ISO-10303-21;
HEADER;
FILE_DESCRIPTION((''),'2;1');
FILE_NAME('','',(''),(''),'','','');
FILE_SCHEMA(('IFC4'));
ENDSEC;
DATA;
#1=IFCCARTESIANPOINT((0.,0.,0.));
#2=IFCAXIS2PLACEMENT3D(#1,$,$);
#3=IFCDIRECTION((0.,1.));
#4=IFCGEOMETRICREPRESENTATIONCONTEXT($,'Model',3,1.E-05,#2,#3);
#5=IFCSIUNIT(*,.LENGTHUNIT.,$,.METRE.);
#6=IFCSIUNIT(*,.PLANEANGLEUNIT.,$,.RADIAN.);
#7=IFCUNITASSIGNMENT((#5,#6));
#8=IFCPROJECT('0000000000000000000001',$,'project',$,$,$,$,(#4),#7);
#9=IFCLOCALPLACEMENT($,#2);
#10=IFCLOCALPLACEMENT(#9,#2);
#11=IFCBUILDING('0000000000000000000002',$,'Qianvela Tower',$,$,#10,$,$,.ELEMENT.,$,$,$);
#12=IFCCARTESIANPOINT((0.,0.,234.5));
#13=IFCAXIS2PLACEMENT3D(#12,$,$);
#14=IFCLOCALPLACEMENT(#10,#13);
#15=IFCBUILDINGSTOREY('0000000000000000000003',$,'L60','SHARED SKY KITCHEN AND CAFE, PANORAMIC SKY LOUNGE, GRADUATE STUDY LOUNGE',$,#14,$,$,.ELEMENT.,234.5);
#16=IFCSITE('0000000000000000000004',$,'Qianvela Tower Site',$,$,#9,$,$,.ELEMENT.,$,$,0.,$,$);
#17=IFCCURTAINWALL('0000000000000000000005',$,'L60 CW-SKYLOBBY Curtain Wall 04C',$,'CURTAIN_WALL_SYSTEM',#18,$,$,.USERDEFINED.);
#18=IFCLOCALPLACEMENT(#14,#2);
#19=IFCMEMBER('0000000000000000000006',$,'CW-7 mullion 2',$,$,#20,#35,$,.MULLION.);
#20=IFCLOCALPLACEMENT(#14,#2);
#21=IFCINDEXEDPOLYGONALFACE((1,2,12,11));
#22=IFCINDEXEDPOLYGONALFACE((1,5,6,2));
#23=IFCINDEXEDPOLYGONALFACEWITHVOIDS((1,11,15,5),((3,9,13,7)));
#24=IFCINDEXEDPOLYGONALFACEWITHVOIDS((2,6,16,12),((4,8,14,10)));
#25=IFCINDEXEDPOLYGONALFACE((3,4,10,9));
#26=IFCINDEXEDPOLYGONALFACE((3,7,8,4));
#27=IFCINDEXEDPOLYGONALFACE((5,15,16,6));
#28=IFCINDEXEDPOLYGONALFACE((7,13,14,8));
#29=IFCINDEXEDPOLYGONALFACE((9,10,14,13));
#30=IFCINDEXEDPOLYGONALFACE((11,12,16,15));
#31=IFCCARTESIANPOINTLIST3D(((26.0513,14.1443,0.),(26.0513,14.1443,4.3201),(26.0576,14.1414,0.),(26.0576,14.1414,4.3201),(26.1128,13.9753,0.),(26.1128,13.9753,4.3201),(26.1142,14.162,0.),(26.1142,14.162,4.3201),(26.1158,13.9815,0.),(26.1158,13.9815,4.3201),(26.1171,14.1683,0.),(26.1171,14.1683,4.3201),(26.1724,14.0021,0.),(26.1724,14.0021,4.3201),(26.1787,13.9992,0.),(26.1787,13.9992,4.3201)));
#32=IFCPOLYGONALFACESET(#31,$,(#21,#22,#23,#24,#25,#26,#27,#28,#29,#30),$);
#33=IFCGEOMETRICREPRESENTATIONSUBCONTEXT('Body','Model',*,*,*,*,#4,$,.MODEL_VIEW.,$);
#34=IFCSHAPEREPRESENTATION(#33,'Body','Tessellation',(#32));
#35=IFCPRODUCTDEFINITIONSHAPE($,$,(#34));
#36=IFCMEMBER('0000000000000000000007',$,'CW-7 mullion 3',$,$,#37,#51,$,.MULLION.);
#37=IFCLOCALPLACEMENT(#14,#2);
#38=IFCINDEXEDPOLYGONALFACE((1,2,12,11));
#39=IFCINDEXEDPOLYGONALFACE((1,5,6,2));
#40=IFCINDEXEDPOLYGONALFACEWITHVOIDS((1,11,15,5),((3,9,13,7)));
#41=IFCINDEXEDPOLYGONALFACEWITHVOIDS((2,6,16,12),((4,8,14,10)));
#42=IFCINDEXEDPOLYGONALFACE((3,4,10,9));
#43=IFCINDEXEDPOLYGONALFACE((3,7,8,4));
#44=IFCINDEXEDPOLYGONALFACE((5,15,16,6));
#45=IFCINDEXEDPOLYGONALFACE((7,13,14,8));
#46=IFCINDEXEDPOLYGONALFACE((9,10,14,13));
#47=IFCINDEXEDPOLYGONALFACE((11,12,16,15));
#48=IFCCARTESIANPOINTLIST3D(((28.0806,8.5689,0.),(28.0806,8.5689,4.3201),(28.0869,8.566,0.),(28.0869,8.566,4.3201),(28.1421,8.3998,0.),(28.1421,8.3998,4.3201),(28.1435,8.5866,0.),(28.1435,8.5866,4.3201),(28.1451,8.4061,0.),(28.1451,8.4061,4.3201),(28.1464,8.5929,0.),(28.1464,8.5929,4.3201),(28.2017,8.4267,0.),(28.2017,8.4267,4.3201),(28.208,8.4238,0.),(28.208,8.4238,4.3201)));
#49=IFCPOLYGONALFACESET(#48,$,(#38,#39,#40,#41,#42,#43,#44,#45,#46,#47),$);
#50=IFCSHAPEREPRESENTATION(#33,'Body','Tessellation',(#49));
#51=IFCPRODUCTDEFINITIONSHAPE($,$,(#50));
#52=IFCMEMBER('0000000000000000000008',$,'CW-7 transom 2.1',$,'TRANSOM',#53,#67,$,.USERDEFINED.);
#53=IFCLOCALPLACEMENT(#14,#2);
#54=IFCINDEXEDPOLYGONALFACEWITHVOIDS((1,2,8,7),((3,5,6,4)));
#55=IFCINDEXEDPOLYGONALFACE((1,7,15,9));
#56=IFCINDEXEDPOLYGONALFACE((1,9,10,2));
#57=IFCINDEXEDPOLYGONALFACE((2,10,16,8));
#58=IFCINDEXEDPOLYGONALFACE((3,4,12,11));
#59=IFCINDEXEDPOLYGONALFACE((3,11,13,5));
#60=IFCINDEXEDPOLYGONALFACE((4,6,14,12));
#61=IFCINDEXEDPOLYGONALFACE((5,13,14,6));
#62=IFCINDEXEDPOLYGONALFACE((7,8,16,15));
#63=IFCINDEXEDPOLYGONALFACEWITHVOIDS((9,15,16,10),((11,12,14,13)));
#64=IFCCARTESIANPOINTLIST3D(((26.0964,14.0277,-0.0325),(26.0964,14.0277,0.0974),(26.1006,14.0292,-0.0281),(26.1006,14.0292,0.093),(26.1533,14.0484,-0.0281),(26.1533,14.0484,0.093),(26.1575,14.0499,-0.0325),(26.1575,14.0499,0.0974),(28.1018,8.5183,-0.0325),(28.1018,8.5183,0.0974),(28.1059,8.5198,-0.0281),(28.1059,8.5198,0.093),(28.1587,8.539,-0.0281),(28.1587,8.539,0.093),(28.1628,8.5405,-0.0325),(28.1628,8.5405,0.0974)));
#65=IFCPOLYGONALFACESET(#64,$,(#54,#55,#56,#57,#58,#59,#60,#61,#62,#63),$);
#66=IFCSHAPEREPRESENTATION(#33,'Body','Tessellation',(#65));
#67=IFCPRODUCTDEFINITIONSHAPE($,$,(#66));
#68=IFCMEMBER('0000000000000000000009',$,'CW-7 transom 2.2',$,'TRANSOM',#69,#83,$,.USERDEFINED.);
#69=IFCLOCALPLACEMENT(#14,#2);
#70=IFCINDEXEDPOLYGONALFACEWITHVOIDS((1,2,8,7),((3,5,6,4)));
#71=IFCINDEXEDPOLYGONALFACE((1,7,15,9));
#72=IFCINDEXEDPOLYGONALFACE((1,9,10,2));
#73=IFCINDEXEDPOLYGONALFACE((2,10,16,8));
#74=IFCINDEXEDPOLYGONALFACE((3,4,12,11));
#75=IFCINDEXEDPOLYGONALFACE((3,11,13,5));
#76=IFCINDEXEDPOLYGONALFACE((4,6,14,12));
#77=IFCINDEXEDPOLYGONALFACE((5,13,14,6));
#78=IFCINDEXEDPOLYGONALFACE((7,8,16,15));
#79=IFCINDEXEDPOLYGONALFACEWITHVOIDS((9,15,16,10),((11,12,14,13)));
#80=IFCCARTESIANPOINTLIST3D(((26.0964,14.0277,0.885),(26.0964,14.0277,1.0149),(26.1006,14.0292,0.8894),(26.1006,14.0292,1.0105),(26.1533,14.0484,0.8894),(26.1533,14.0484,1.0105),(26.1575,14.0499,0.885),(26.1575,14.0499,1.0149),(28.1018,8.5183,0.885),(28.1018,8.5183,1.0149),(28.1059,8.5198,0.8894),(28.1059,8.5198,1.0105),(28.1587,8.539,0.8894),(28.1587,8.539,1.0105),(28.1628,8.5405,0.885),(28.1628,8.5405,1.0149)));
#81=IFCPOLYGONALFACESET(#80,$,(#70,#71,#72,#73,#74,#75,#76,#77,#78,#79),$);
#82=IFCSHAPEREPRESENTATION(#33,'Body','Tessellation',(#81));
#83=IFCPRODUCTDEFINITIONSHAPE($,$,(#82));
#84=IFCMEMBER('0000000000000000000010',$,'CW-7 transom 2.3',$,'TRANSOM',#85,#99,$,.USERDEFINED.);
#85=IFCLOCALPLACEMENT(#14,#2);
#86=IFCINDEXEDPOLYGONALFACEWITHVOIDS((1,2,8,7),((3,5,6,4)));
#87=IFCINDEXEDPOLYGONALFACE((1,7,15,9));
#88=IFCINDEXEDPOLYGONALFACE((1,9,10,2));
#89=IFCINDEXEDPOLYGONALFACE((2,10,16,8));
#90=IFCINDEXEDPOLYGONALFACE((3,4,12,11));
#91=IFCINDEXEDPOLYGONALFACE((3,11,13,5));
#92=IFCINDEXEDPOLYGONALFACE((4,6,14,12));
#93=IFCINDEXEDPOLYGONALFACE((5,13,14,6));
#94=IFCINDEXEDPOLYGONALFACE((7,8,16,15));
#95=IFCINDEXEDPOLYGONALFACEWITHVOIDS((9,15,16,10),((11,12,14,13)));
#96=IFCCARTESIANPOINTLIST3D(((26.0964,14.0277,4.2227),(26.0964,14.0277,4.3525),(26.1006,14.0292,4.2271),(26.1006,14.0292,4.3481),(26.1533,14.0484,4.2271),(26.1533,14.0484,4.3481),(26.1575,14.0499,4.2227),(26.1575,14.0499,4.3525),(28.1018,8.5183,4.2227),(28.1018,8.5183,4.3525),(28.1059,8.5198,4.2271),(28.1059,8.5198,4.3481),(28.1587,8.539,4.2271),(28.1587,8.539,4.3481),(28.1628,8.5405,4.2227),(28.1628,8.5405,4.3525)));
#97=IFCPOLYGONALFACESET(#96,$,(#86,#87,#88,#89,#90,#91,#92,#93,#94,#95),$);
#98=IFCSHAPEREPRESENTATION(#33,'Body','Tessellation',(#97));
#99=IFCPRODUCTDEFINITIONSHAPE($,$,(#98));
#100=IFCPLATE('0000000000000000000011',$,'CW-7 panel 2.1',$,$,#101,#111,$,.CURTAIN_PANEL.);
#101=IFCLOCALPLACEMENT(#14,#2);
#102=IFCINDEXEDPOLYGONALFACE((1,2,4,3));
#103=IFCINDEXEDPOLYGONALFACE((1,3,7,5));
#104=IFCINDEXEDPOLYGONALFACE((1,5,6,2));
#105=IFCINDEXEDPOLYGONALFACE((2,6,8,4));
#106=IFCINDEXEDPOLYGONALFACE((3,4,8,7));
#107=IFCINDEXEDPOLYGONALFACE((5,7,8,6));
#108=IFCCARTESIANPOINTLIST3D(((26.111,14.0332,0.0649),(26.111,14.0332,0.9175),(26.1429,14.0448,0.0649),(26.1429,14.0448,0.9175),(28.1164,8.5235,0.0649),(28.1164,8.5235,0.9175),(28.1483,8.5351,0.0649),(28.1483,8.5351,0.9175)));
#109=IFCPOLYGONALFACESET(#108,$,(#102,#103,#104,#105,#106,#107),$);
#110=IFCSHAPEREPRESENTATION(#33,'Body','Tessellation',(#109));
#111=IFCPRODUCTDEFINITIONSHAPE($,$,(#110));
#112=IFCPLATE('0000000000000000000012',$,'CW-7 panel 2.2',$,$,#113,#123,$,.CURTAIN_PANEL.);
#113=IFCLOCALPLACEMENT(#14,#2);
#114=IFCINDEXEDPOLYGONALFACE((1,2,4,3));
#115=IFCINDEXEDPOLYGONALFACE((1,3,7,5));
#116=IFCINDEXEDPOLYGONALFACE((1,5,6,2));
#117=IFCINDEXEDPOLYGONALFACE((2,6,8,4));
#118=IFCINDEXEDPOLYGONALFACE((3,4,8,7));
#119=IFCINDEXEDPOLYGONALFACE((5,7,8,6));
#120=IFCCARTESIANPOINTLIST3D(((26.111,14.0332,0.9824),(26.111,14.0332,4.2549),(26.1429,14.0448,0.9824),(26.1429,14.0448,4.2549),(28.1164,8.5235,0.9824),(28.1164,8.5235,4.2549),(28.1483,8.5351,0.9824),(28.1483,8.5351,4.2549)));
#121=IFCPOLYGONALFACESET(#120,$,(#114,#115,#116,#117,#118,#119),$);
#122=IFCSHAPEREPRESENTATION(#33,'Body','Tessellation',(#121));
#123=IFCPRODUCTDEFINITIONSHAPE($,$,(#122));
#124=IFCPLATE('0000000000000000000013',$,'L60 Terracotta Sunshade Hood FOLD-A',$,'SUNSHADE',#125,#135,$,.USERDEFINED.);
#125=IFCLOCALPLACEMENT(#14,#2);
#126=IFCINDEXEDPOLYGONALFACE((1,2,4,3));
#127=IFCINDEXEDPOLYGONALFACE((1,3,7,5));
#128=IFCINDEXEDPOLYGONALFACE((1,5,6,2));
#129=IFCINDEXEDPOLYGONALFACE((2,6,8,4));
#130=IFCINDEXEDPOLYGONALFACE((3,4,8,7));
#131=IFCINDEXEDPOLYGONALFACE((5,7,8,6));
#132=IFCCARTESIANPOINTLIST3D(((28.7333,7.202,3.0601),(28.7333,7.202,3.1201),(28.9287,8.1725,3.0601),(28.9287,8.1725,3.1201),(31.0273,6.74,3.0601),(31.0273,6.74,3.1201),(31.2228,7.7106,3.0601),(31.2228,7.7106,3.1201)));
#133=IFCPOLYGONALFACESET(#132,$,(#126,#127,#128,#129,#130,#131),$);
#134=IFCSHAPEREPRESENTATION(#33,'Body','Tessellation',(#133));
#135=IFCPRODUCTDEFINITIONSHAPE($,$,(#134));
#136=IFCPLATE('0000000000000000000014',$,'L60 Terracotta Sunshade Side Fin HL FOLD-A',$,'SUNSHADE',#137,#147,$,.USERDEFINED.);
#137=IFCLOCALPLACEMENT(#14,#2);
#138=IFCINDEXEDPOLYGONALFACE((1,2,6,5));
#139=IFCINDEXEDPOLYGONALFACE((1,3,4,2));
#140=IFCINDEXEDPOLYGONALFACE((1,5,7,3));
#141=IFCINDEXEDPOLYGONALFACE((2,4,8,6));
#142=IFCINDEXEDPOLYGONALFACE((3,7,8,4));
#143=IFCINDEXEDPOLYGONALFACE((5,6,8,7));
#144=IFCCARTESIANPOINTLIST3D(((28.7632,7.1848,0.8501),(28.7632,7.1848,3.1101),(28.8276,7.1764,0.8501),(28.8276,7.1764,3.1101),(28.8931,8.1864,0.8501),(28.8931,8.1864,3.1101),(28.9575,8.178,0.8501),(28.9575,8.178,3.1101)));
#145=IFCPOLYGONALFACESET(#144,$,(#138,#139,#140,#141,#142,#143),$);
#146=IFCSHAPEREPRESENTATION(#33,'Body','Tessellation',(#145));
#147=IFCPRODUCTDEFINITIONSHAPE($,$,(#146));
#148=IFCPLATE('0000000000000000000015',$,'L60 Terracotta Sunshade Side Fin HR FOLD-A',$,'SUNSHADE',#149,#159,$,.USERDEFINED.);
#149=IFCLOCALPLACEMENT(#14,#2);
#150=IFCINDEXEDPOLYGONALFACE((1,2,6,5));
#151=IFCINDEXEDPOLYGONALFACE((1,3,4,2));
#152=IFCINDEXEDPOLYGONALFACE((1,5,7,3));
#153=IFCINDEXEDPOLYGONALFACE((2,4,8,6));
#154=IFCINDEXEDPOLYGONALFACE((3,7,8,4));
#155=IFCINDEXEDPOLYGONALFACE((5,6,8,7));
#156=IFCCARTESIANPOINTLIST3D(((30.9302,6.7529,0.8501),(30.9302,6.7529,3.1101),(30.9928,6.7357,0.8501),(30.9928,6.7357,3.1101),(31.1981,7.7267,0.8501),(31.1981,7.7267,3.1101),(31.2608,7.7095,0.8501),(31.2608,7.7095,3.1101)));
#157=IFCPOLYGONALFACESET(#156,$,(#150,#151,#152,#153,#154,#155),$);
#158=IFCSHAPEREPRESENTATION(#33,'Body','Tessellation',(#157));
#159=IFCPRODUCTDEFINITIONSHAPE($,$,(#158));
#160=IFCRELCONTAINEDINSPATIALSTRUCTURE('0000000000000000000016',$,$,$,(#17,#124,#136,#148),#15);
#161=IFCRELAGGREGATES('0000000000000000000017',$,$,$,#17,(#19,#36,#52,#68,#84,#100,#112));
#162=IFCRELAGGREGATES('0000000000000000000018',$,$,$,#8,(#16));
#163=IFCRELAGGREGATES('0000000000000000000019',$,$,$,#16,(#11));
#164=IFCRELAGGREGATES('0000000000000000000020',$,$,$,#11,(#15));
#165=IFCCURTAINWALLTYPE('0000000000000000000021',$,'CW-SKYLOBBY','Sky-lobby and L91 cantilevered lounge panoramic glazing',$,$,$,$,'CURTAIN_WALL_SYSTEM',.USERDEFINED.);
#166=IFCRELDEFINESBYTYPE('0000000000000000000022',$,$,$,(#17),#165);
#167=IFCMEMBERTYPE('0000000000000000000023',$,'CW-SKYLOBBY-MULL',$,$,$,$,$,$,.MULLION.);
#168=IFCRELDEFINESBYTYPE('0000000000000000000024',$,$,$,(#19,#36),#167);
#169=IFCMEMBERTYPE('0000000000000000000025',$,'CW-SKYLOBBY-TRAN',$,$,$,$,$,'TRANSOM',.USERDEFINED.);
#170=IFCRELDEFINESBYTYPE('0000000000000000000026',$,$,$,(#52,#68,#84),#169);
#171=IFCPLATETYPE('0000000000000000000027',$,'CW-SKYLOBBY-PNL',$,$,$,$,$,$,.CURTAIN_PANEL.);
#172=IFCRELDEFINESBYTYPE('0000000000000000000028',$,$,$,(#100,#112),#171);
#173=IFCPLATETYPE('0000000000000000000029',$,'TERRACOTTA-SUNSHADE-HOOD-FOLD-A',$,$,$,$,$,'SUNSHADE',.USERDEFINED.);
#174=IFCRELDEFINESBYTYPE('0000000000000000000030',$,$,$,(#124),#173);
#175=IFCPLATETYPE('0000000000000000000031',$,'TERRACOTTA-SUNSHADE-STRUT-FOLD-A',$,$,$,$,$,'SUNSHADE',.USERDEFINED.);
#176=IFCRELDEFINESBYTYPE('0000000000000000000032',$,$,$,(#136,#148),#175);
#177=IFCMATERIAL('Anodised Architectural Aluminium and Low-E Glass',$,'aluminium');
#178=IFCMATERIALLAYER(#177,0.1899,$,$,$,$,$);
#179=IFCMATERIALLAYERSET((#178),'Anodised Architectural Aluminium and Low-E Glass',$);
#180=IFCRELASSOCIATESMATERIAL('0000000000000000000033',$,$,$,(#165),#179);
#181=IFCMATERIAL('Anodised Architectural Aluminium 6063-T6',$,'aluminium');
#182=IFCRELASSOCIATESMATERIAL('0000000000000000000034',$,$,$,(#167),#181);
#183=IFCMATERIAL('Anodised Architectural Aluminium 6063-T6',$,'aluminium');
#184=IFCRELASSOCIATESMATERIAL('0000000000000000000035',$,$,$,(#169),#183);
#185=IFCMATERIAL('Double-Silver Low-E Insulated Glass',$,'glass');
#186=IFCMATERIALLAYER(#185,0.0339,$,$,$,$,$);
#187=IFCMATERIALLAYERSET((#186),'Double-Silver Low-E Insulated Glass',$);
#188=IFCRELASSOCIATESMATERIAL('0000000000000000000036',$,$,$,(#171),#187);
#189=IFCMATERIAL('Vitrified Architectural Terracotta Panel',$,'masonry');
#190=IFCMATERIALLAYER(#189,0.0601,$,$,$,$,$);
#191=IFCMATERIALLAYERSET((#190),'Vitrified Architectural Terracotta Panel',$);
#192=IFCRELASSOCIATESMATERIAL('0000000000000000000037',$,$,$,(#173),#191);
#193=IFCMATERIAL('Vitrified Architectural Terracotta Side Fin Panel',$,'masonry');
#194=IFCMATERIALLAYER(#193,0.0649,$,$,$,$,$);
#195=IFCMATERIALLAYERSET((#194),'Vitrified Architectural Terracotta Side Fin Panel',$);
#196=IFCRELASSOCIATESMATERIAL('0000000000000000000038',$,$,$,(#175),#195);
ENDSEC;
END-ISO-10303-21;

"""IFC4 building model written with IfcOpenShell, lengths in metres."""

from ifc_helpers import new_model, si_unit, direction, frame, origin, origin_2d, place, context, subcontext, project, spatial, rectangle, hollow_rectangle, extrude, material, layer, layer_set, material_profile, profile_set, type_object, element, aggregate, save


model = new_model("IFC4")

# Units and contexts
model_context = context("Model", 3, precision=1e-05, world=origin(), true_north=direction((0.0, 1.0)))
body_context = subcontext(model_context, "Body", "Model", "MODEL_VIEW")
ifc_project = project(units=[si_unit("LENGTHUNIT", "METRE"), si_unit("PLANEANGLEUNIT", "RADIAN")], contexts=[model_context])

# Site, building, storey
site_placement = place(None, origin())
site = spatial("IfcSite", under=ifc_project, at=site_placement, Name="Qianvela Tower Site", CompositionType="ELEMENT", RefElevation=0.0)
building_placement = place(site_placement, origin())
building = spatial("IfcBuilding", under=site, at=building_placement, Name="Qianvela Tower", CompositionType="ELEMENT")
storey_placement = place(building_placement, frame((0.0, 0.0, 234.5)))
storey = spatial("IfcBuildingStorey", under=building, at=storey_placement, Name="L60", Description="SHARED SKY KITCHEN AND CAFE, PANORAMIC SKY LOUNGE, GRADUATE STUDY LOUNGE", CompositionType="ELEMENT", Elevation=234.5)

# Curtain wall, members, plates
ifc_material_1 = material(Name="Anodised Architectural Aluminium and Low-E Glass", Category="aluminium")
ifc_layer_1 = layer(ifc_material_1, 0.1899)
ifc_layer_set_1 = layer_set([ifc_layer_1], Name="Anodised Architectural Aluminium and Low-E Glass")
curtain_wall_type = type_object("IfcCurtainWallType", Name="CW-SKYLOBBY", Description="Sky-lobby and L91 cantilevered lounge panoramic glazing", ElementType="CURTAIN_WALL_SYSTEM", PredefinedType="USERDEFINED", material=ifc_layer_set_1)
curtain_wall_placement = place(storey_placement, origin())
curtain_wall = element("IfcCurtainWall", 1, at=curtain_wall_placement, inside=storey, type_object=curtain_wall_type, Name="L60 CW-SKYLOBBY Curtain Wall 04C", ObjectType="CURTAIN_WALL_SYSTEM", PredefinedType="USERDEFINED")
ifc_material_2 = material(Name="Anodised Architectural Aluminium 6063-T6", Category="aluminium")
ifc_material_profile_1 = material_profile(ifc_material_2, hollow_rectangle(XDim=0.0701, YDim=0.1799, WallThickness=0.0049, at=origin_2d()), Name="ALU-MULL-70x180")
ifc_profile_set_1 = profile_set([ifc_material_profile_1], Name="Anodised Architectural Aluminium 6063-T6")
member_type_1 = type_object("IfcMemberType", Name="CW-SKYLOBBY-MULL", PredefinedType="MULLION", material=ifc_profile_set_1)
member_1_placement = place(storey_placement, frame((26.115, 14.0718, 0.0), z_axis=(0.0, 0.0, 1.0), x_axis=(0.939692, 0.342022, 0.0)))
member_1 = element("IfcMember", 2, at=member_1_placement, type_object=member_type_1, Name="CW-7 mullion 2", PredefinedType="MULLION", context=body_context, shape_type="SweptSolid", body=[
    extrude(hollow_rectangle(XDim=0.0701, YDim=0.1799, WallThickness=0.0049, at=origin_2d()), origin(), (0.0, 0.0, 1.0), 4.3201),
])
member_2_placement = place(storey_placement, frame((28.1443, 8.4963, 0.0), z_axis=(0.0, 0.0, 1.0), x_axis=(0.939692, 0.342022, 0.0)))
member_2 = element("IfcMember", 3, at=member_2_placement, type_object=member_type_1, Name="CW-7 mullion 3", PredefinedType="MULLION", context=body_context, shape_type="SweptSolid", body=[
    extrude(hollow_rectangle(XDim=0.0701, YDim=0.1799, WallThickness=0.0049, at=origin_2d()), origin(), (0.0, 0.0, 1.0), 4.3201),
])
ifc_material_3 = material(Name="Anodised Architectural Aluminium 6063-T6", Category="aluminium")
ifc_material_profile_2 = material_profile(ifc_material_3, hollow_rectangle(XDim=0.0649, YDim=0.1299, WallThickness=0.0044, at=origin_2d()), Name="ALU-TRAN-65x130")
ifc_profile_set_2 = profile_set([ifc_material_profile_2], Name="Anodised Architectural Aluminium 6063-T6")
member_type_2 = type_object("IfcMemberType", Name="CW-SKYLOBBY-TRAN", ElementType="TRANSOM", PredefinedType="USERDEFINED", material=ifc_profile_set_2)
member_3_placement = place(storey_placement, frame((26.127, 14.0388, 0.0325), z_axis=(0.342031, -0.939689, 0.0), x_axis=(0.939689, 0.342031, 0.0)))
member_3 = element("IfcMember", 4, at=member_3_placement, type_object=member_type_2, Name="CW-7 transom 2.1", ObjectType="TRANSOM", PredefinedType="USERDEFINED", context=body_context, shape_type="SweptSolid", body=[
    extrude(hollow_rectangle(XDim=0.0649, YDim=0.1299, WallThickness=0.0044, at=origin_2d()), origin(), (0.0, 0.0, 1.0), 5.863),
])
member_4_placement = place(storey_placement, frame((26.127, 14.0388, 0.95), z_axis=(0.342031, -0.939689, 0.0), x_axis=(0.939689, 0.342031, 0.0)))
member_4 = element("IfcMember", 5, at=member_4_placement, type_object=member_type_2, Name="CW-7 transom 2.2", ObjectType="TRANSOM", PredefinedType="USERDEFINED", context=body_context, shape_type="SweptSolid", body=[
    extrude(hollow_rectangle(XDim=0.0649, YDim=0.1299, WallThickness=0.0044, at=origin_2d()), origin(), (0.0, 0.0, 1.0), 5.863),
])
member_5_placement = place(storey_placement, frame((26.127, 14.0388, 4.2876), z_axis=(0.342031, -0.939689, 0.0), x_axis=(0.939689, 0.342031, 0.0)))
member_5 = element("IfcMember", 6, at=member_5_placement, type_object=member_type_2, Name="CW-7 transom 2.3", ObjectType="TRANSOM", PredefinedType="USERDEFINED", context=body_context, shape_type="SweptSolid", body=[
    extrude(hollow_rectangle(XDim=0.0649, YDim=0.1299, WallThickness=0.0044, at=origin_2d()), origin(), (0.0, 0.0, 1.0), 5.863),
])
ifc_material_4 = material(Name="Double-Silver Low-E Insulated Glass", Category="glass")
ifc_layer_2 = layer(ifc_material_4, 0.0339)
ifc_layer_set_2 = layer_set([ifc_layer_2], Name="Double-Silver Low-E Insulated Glass")
plate_type_1 = type_object("IfcPlateType", Name="CW-SKYLOBBY-PNL", PredefinedType="CURTAIN_PANEL", material=ifc_layer_set_2)
plate_1_placement = place(storey_placement, frame((27.1296, 11.2842, 0.0649), z_axis=(0.0, 0.0, 1.0), x_axis=(0.342022, -0.939692, 0.0)))
plate_1 = element("IfcPlate", 7, at=plate_1_placement, type_object=plate_type_1, Name="CW-7 panel 2.1", PredefinedType="CURTAIN_PANEL", context=body_context, shape_type="SweptSolid", body=[
    extrude(rectangle(XDim=5.8633, YDim=0.0339, at=origin_2d()), origin(), (0.0, 0.0, 1.0), 0.8525),
])
plate_2_placement = place(storey_placement, frame((27.1296, 11.2842, 0.9824), z_axis=(0.0, 0.0, 1.0), x_axis=(0.342022, -0.939692, 0.0)))
plate_2 = element("IfcPlate", 8, at=plate_2_placement, type_object=plate_type_1, Name="CW-7 panel 2.2", PredefinedType="CURTAIN_PANEL", context=body_context, shape_type="SweptSolid", body=[
    extrude(rectangle(XDim=5.8633, YDim=0.0339, at=origin_2d()), origin(), (0.0, 0.0, 1.0), 3.2725),
])
aggregate(curtain_wall, [member_1, member_2, member_3, member_4, member_5, plate_1, plate_2])

# Plates
ifc_material_5 = material(Name="Vitrified Architectural Terracotta Panel", Category="masonry")
ifc_layer_3 = layer(ifc_material_5, 0.0601)
ifc_layer_set_3 = layer_set([ifc_layer_3], Name="Vitrified Architectural Terracotta Panel")
plate_type_2 = type_object("IfcPlateType", Name="TERRACOTTA-SUNSHADE-HOOD-FOLD-A", ElementType="SUNSHADE", PredefinedType="USERDEFINED", material=ifc_layer_set_3)
plate_3_placement = place(storey_placement, frame((29.978, 7.4563, 3.0601), z_axis=(0.0, 0.0, 1.0), x_axis=(0.980318, -0.197426, 0.0)))
element("IfcPlate", 9, at=plate_3_placement, inside=storey, type_object=plate_type_2, Name="L60 Terracotta Sunshade Hood FOLD-A", ObjectType="SUNSHADE", PredefinedType="USERDEFINED", context=body_context, shape_type="SweptSolid", body=[
    extrude(rectangle(XDim=2.3401, YDim=0.99, at=origin_2d()), origin(), (0.0, 0.0, 1.0), 0.0601),
])
ifc_material_6 = material(Name="Vitrified Architectural Terracotta Side Fin Panel", Category="masonry")
ifc_layer_4 = layer(ifc_material_6, 0.0649)
ifc_layer_set_4 = layer_set([ifc_layer_4], Name="Vitrified Architectural Terracotta Side Fin Panel")
plate_type_3 = type_object("IfcPlateType", Name="TERRACOTTA-SUNSHADE-STRUT-FOLD-A", ElementType="SUNSHADE", PredefinedType="USERDEFINED", material=ifc_layer_set_4)
for number, where, z_axis, x_axis, name in (
    (10, (28.8604, 7.6814, 0.8501), (0.0, 0.0, 1.0), (0.991701, -0.128562, 0.0), "L60 Terracotta Sunshade Side Fin HL FOLD-A"),
    (11, (31.0955, 7.2312, 0.8501), (0.0, 0.0, 1.0), (0.964158, -0.265329, 0.0), "L60 Terracotta Sunshade Side Fin HR FOLD-A"),
):
    element("IfcPlate", number, at=place(storey_placement, frame(where, z_axis=z_axis, x_axis=x_axis)), inside=storey, type_object=plate_type_3, Name=name, ObjectType="SUNSHADE", PredefinedType="USERDEFINED", context=body_context, shape_type="SweptSolid", body=[
        extrude(rectangle(XDim=0.0649, YDim=1.01, at=origin_2d()), origin(), (0.0, 0.0, 1.0), 2.26),
    ])

save(model, "model.ifc")
